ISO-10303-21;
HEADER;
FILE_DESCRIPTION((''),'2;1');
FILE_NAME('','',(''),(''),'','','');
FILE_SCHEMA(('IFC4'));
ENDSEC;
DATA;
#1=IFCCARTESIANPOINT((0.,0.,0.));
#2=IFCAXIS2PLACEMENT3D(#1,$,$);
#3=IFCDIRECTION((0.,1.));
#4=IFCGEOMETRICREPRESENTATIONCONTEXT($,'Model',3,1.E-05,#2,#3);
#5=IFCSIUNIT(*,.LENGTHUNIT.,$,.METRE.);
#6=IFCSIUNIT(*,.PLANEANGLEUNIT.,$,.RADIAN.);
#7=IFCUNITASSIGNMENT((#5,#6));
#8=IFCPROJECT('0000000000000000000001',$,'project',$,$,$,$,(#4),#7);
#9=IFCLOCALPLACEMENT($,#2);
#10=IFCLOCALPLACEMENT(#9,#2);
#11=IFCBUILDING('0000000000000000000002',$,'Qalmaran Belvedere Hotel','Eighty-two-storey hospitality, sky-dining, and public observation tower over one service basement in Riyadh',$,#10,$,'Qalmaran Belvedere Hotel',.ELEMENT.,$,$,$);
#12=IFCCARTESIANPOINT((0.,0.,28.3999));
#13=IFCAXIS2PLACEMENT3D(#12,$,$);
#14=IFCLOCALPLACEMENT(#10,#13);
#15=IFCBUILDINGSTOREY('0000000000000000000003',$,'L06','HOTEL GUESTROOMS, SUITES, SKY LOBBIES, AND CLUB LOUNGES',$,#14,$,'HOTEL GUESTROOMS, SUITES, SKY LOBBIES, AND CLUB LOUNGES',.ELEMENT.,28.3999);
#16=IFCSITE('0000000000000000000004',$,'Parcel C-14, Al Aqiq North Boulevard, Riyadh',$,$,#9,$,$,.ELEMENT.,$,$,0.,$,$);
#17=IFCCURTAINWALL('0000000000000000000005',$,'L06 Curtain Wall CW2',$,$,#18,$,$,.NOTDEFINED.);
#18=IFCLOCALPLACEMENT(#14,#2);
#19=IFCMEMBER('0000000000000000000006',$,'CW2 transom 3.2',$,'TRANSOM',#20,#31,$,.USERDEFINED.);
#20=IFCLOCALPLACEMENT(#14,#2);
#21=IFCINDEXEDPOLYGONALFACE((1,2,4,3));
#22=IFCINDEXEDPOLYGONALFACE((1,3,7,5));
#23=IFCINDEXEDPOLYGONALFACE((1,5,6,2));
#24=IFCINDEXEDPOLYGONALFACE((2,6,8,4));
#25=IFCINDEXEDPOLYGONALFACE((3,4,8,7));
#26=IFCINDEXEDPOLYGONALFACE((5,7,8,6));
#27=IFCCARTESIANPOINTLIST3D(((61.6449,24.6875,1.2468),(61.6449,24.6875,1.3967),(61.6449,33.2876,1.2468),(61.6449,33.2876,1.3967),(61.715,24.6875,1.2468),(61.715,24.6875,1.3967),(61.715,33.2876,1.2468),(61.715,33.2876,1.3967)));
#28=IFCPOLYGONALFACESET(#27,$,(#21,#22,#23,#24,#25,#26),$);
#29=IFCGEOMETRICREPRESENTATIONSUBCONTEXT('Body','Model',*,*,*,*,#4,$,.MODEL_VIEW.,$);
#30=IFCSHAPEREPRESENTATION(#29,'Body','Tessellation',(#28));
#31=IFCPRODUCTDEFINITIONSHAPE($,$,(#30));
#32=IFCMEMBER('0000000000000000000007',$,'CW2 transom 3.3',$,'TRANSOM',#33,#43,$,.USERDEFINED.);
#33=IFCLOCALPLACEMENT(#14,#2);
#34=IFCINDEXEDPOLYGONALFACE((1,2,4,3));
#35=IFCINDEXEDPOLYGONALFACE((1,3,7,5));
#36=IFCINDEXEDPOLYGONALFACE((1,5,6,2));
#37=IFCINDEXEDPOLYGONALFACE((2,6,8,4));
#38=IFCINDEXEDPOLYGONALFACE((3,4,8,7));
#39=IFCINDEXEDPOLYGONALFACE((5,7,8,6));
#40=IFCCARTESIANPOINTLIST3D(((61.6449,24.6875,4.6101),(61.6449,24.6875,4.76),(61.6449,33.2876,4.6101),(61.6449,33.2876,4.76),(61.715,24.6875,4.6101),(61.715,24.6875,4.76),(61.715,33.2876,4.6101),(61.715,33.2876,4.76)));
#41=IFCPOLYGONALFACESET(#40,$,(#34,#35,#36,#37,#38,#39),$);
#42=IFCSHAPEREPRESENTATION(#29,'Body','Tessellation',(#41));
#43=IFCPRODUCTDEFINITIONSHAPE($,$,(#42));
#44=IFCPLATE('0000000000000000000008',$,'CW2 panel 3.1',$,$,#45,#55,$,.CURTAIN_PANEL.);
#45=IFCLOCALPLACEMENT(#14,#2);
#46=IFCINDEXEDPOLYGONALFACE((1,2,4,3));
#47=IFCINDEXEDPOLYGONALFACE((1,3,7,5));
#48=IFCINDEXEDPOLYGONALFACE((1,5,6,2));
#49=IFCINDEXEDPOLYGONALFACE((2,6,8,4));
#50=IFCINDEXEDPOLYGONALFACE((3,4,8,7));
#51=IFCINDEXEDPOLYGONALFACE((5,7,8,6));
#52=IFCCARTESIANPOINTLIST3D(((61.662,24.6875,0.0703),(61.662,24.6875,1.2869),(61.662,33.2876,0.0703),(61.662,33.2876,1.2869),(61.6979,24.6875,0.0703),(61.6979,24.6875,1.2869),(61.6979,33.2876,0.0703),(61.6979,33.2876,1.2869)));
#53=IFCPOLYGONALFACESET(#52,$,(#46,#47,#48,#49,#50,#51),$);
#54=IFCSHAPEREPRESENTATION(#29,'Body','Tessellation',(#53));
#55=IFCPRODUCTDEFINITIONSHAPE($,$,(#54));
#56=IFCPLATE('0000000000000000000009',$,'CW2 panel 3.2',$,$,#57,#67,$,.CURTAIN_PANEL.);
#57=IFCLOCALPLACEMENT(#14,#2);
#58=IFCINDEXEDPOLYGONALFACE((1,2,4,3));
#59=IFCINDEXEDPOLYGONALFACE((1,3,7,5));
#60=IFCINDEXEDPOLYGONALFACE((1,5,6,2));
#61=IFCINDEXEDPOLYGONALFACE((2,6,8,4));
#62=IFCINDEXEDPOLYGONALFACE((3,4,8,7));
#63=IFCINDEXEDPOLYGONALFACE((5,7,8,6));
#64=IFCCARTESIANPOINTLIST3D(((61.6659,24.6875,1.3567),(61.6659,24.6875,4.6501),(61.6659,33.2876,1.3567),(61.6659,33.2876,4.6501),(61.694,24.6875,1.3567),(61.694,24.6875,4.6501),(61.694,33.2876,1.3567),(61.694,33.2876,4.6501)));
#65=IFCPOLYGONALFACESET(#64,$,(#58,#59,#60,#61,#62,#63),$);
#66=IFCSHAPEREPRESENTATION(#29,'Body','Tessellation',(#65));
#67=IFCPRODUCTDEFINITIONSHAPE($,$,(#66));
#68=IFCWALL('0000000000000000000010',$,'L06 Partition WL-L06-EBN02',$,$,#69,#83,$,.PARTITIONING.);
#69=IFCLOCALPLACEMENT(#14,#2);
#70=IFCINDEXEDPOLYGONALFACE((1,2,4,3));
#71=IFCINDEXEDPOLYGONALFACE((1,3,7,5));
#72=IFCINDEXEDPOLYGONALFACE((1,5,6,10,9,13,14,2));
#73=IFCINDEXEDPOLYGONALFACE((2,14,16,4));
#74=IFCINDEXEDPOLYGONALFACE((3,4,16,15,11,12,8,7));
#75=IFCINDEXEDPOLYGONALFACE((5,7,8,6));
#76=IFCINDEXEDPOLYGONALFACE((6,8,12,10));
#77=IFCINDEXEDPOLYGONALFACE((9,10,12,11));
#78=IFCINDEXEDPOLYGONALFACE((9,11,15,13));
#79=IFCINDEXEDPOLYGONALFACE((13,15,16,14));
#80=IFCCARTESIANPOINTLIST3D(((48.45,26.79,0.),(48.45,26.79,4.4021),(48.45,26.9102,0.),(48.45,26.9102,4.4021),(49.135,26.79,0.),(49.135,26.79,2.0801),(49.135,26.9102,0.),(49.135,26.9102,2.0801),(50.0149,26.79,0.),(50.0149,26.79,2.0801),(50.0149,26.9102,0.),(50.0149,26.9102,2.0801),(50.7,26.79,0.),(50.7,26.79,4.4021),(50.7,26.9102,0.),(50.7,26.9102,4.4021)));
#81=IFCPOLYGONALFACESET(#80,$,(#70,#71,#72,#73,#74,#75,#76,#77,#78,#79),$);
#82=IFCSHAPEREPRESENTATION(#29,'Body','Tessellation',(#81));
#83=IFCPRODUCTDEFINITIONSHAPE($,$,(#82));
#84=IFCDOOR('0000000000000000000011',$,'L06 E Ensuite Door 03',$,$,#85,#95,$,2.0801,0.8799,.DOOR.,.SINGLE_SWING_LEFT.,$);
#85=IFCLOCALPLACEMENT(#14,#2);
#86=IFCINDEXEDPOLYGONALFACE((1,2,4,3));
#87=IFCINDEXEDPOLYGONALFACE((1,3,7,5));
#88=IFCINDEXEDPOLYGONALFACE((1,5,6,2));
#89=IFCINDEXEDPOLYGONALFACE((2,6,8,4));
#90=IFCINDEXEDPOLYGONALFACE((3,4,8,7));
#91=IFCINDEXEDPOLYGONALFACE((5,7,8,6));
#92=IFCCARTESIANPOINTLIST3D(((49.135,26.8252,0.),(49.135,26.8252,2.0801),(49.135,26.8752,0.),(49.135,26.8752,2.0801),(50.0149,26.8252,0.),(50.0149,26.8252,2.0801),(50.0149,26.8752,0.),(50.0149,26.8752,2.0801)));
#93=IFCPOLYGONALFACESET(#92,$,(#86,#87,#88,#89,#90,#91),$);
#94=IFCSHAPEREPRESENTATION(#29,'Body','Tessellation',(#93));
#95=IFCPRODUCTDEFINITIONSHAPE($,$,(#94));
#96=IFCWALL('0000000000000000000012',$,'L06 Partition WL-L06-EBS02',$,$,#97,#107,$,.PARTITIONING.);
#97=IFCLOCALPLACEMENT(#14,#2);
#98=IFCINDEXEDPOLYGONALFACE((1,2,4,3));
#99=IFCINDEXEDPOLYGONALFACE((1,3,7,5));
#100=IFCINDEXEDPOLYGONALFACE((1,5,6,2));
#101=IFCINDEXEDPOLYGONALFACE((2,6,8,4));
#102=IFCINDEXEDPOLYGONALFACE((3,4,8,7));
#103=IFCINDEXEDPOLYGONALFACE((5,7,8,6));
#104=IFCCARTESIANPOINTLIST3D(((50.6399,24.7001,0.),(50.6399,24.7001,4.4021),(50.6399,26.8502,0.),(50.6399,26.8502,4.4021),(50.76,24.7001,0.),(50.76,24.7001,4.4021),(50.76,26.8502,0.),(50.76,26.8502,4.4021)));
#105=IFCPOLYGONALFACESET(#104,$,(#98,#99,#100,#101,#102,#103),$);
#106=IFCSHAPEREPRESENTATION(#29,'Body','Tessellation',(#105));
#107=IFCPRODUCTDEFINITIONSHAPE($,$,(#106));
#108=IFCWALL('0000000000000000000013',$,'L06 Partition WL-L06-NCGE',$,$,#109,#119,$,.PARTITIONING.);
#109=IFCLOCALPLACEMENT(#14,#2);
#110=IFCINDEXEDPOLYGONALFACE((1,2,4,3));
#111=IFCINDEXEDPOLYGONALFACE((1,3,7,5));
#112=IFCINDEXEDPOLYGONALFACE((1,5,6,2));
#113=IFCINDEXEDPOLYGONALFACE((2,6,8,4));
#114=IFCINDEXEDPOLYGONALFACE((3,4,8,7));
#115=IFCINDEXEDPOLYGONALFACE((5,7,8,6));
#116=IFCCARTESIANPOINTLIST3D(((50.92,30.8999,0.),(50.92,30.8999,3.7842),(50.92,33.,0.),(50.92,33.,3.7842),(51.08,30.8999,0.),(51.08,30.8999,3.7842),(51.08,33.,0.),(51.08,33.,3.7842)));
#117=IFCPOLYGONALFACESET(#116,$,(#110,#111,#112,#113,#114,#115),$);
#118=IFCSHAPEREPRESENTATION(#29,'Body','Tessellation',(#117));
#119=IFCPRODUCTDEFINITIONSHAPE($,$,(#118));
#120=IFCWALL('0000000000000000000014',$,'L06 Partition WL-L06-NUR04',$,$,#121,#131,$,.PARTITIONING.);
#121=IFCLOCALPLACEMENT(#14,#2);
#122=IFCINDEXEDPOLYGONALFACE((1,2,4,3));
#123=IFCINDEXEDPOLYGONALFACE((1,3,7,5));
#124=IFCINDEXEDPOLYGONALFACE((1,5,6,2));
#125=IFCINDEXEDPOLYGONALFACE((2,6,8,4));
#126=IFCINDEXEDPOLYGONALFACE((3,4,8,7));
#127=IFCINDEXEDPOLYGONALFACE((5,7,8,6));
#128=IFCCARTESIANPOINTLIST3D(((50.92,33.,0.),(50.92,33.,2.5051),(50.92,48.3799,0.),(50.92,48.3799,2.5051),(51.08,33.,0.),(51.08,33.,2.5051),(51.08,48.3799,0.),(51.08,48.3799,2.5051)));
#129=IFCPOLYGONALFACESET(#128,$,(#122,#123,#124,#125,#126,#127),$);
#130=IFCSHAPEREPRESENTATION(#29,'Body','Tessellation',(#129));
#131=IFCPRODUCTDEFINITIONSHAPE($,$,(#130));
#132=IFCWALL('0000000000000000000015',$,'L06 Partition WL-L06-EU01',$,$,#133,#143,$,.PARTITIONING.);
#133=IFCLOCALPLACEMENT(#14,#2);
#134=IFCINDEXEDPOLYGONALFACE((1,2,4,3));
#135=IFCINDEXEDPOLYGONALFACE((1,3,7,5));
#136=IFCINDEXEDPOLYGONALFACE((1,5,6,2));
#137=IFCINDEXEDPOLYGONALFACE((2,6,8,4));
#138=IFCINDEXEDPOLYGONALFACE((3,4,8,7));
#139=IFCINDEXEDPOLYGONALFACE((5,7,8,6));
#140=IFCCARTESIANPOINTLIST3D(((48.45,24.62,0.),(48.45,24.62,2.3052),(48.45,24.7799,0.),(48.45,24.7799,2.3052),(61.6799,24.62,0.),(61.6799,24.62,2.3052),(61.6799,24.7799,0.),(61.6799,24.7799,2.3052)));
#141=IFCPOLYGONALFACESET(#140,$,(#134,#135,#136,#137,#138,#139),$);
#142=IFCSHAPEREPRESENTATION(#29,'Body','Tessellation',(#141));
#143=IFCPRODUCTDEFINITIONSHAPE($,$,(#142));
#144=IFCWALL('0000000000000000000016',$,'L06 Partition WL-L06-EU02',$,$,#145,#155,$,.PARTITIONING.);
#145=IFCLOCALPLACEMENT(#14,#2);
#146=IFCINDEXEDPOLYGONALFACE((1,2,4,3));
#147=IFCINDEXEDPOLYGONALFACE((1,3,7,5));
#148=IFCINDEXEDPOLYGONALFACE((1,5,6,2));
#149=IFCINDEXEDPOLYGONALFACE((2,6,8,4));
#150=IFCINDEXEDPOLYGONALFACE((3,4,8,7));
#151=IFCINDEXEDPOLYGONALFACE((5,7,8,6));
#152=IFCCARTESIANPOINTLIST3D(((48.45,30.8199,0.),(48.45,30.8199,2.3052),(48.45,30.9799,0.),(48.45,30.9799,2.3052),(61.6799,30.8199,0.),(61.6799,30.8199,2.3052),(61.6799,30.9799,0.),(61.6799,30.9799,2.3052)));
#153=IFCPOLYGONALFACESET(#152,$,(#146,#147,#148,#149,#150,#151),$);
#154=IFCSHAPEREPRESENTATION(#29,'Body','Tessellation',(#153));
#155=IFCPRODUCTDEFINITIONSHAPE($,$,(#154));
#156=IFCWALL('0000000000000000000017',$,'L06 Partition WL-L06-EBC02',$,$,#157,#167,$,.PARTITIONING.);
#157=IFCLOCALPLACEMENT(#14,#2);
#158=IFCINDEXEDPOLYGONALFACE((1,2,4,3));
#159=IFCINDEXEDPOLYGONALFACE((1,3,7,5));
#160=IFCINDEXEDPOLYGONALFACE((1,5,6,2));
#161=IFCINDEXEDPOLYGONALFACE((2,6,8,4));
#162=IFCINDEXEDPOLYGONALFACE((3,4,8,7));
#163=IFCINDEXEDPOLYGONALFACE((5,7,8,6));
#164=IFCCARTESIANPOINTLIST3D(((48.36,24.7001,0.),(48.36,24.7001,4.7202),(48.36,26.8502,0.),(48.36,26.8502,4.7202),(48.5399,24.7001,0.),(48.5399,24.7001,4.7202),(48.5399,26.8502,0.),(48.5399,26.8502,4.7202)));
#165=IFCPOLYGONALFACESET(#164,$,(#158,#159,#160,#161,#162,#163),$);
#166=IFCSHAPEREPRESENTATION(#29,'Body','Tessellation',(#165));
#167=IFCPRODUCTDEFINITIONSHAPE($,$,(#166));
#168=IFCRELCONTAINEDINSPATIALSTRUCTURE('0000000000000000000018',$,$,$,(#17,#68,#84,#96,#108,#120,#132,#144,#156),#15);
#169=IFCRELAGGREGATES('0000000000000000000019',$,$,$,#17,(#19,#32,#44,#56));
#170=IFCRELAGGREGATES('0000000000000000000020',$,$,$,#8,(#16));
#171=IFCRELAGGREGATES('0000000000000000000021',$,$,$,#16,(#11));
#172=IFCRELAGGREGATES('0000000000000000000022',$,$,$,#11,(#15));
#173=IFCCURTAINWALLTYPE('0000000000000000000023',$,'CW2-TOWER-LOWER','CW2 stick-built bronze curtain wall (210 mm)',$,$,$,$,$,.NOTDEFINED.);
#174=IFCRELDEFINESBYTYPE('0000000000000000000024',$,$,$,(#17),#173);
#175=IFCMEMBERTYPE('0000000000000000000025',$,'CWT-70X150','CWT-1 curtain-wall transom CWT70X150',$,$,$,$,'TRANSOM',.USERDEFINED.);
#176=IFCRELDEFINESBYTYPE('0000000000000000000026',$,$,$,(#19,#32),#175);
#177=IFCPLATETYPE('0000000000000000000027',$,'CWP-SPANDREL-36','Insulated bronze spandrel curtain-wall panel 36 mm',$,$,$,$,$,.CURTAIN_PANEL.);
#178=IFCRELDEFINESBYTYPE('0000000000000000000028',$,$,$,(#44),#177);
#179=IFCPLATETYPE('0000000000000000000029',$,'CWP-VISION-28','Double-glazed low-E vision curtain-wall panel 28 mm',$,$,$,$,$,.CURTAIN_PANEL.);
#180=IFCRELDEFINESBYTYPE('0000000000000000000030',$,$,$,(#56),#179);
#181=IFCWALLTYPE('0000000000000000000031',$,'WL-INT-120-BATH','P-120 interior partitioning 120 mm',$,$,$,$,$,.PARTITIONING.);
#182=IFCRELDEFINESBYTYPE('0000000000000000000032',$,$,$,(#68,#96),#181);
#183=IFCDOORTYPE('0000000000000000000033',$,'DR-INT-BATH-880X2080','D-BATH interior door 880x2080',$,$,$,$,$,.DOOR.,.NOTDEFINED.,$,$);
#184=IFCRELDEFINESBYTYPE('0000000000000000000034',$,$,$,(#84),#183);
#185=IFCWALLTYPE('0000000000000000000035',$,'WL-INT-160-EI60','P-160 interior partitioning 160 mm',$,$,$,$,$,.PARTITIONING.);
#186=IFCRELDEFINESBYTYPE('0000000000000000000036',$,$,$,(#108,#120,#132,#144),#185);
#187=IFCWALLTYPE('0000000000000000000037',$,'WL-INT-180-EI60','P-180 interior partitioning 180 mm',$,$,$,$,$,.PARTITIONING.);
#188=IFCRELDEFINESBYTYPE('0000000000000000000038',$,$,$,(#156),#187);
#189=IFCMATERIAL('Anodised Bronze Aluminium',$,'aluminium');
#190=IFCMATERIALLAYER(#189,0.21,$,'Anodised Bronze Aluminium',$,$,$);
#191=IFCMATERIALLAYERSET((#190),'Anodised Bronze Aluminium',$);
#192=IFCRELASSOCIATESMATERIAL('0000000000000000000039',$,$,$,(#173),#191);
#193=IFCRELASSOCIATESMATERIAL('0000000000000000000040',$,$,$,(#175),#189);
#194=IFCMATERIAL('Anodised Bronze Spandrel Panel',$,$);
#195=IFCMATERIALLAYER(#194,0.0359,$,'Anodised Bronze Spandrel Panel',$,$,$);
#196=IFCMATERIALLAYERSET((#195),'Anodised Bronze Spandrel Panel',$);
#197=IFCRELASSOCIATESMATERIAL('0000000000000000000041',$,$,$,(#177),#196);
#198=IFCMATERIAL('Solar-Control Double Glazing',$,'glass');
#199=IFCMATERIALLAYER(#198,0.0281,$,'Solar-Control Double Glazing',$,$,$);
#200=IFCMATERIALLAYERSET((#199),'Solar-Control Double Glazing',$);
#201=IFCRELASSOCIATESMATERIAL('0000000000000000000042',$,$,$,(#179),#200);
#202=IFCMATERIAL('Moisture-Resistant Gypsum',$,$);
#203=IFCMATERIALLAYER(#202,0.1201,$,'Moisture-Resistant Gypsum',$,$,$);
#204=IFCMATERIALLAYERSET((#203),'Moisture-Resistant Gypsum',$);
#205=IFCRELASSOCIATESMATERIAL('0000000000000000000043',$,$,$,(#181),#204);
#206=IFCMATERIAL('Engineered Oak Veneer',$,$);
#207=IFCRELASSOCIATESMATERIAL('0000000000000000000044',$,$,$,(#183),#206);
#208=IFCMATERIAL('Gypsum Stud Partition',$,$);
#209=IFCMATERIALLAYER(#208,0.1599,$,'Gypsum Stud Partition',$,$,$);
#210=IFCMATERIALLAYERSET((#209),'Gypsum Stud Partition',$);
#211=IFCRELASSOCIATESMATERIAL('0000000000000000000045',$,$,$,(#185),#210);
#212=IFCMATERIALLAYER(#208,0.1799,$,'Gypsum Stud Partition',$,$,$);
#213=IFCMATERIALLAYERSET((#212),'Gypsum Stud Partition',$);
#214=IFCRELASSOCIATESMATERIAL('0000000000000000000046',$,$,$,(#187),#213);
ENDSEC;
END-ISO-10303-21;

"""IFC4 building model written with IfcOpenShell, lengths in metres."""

from ifc_helpers import new_model, si_unit, direction, frame, frame_2d, origin, origin_2d, place, context, subcontext, project, spatial, rectangle, extrude, material, layer, layer_set, material_profile, profile_set, type_object, element, fill, aggregate, save


model = new_model("IFC4")

# Units and contexts
model_context = context("Model", 3, precision=1e-05, world=origin(), true_north=direction((0.0, 1.0)))
body_context = subcontext(model_context, "Body", "Model", "MODEL_VIEW")
ifc_project = project(units=[si_unit("LENGTHUNIT", "METRE"), si_unit("PLANEANGLEUNIT", "RADIAN")], contexts=[model_context])

# Site, building, storey
site_placement = place(None, origin())
site = spatial("IfcSite", under=ifc_project, at=site_placement, Name="Parcel C-14, Al Aqiq North Boulevard, Riyadh", CompositionType="ELEMENT", RefElevation=0.0)
building_placement = place(site_placement, origin())
building = spatial("IfcBuilding", under=site, at=building_placement, Name="Qalmaran Belvedere Hotel", Description="Eighty-two-storey hospitality, sky-dining, and public observation tower over one service basement in Riyadh", LongName="Qalmaran Belvedere Hotel", CompositionType="ELEMENT")
storey_placement = place(building_placement, frame((0.0, 0.0, 28.3999)))
storey = spatial("IfcBuildingStorey", under=building, at=storey_placement, Name="L06", Description="HOTEL GUESTROOMS, SUITES, SKY LOBBIES, AND CLUB LOUNGES", LongName="HOTEL GUESTROOMS, SUITES, SKY LOBBIES, AND CLUB LOUNGES", CompositionType="ELEMENT", Elevation=28.3999)

# Curtain wall, members, plates
ifc_material_1 = material(Name="Anodised Bronze Aluminium", Category="aluminium")
ifc_layer_1 = layer(ifc_material_1, 0.21, Name="Anodised Bronze Aluminium")
ifc_layer_set_1 = layer_set([ifc_layer_1], Name="Anodised Bronze Aluminium")
curtain_wall_type = type_object("IfcCurtainWallType", Name="CW2-TOWER-LOWER", Description="CW2 stick-built bronze curtain wall (210 mm)", PredefinedType="NOTDEFINED", material=ifc_layer_set_1)
curtain_wall_placement = place(storey_placement, origin())
curtain_wall = element("IfcCurtainWall", 1, at=curtain_wall_placement, inside=storey, type_object=curtain_wall_type, Name="L06 Curtain Wall CW2", PredefinedType="NOTDEFINED")
ifc_material_profile_1 = material_profile(ifc_material_1, rectangle(XDim=0.0701, YDim=0.1499, at=origin_2d()), Name="CWT70X150")
ifc_profile_set_1 = profile_set([ifc_material_profile_1], Name="Anodised Bronze Aluminium")
member_type_1 = type_object("IfcMemberType", Name="CWT-70X150", Description="CWT-1 curtain-wall transom CWT70X150", ElementType="TRANSOM", PredefinedType="USERDEFINED", material=ifc_profile_set_1)
member_1_placement = place(storey_placement, frame((61.6799, 24.6875, 1.3218), z_axis=(0.0, 1.0, 0.0), x_axis=(-1.0, 0.0, 0.0)))
member_1 = element("IfcMember", 2, at=member_1_placement, type_object=member_type_1, Name="CW2 transom 3.2", ObjectType="TRANSOM", PredefinedType="USERDEFINED", context=body_context, shape_type="SweptSolid", body=[
    extrude(rectangle(XDim=0.0701, YDim=0.1499, at=origin_2d()), origin(), (0.0, 0.0, 1.0), 8.6001),
])
member_2_placement = place(storey_placement, frame((61.6799, 24.6875, 4.6851), z_axis=(0.0, 1.0, 0.0), x_axis=(-1.0, 0.0, 0.0)))
member_2 = element("IfcMember", 3, at=member_2_placement, type_object=member_type_1, Name="CW2 transom 3.3", ObjectType="TRANSOM", PredefinedType="USERDEFINED", context=body_context, shape_type="SweptSolid", body=[
    extrude(rectangle(XDim=0.0701, YDim=0.1499, at=origin_2d()), origin(), (0.0, 0.0, 1.0), 8.6001),
])
ifc_material_2 = material(Name="Anodised Bronze Spandrel Panel")
ifc_layer_2 = layer(ifc_material_2, 0.0359, Name="Anodised Bronze Spandrel Panel")
ifc_layer_set_2 = layer_set([ifc_layer_2], Name="Anodised Bronze Spandrel Panel")
plate_type_1 = type_object("IfcPlateType", Name="CWP-SPANDREL-36", Description="Insulated bronze spandrel curtain-wall panel 36 mm", PredefinedType="CURTAIN_PANEL", material=ifc_layer_set_2)
plate_1_placement = place(storey_placement, frame((61.6799, 28.9875, 0.0703), z_axis=(0.0, 0.0, 1.0), x_axis=(0.0, 1.0, 0.0)))
plate_1 = element("IfcPlate", 4, at=plate_1_placement, type_object=plate_type_1, Name="CW2 panel 3.1", PredefinedType="CURTAIN_PANEL", context=body_context, shape_type="SweptSolid", body=[
    extrude(rectangle(XDim=8.6001, YDim=0.0359, at=origin_2d()), origin(), (0.0, 0.0, 1.0), 1.2166),
])
ifc_material_3 = material(Name="Solar-Control Double Glazing", Category="glass")
ifc_layer_3 = layer(ifc_material_3, 0.0281, Name="Solar-Control Double Glazing")
ifc_layer_set_3 = layer_set([ifc_layer_3], Name="Solar-Control Double Glazing")
plate_type_2 = type_object("IfcPlateType", Name="CWP-VISION-28", Description="Double-glazed low-E vision curtain-wall panel 28 mm", PredefinedType="CURTAIN_PANEL", material=ifc_layer_set_3)
plate_2_placement = place(storey_placement, frame((61.6799, 28.9875, 1.3567), z_axis=(0.0, 0.0, 1.0), x_axis=(0.0, 1.0, 0.0)))
plate_2 = element("IfcPlate", 5, at=plate_2_placement, type_object=plate_type_2, Name="CW2 panel 3.2", PredefinedType="CURTAIN_PANEL", context=body_context, shape_type="SweptSolid", body=[
    extrude(rectangle(XDim=8.6001, YDim=0.0281, at=origin_2d()), origin(), (0.0, 0.0, 1.0), 3.2935),
])
aggregate(curtain_wall, [member_1, member_2, plate_1, plate_2])

# Wall, opening, door
ifc_material_4 = material(Name="Moisture-Resistant Gypsum")
ifc_layer_4 = layer(ifc_material_4, 0.1201, Name="Moisture-Resistant Gypsum")
ifc_layer_set_4 = layer_set([ifc_layer_4], Name="Moisture-Resistant Gypsum")
wall_type_1 = type_object("IfcWallType", Name="WL-INT-120-BATH", Description="P-120 interior partitioning 120 mm", PredefinedType="PARTITIONING", material=ifc_layer_set_4)
wall_1_placement = place(storey_placement, frame((48.45, 26.8501, 0.0), z_axis=(0.0, 0.0, 1.0), x_axis=(1.0, 0.0, 0.0)))
wall_1 = element("IfcWall", 6, at=wall_1_placement, inside=storey, type_object=wall_type_1, Name="L06 Partition WL-L06-EBN02", PredefinedType="PARTITIONING", context=body_context, shape_type="SweptSolid", body=[
    extrude(rectangle(XDim=2.25, YDim=0.1201, at=frame_2d((1.125, 0.0))), origin(), (0.0, 0.0, 1.0), 4.4021),
])
opening_1_placement = place(wall_1_placement, frame((1.5649, 0.0, 0.0), z_axis=(0.0, 0.0, 1.0), x_axis=(-1.0, 0.0, 0.0)))
opening_1 = element("IfcOpeningElement", 7, at=opening_1_placement, cuts=wall_1, PredefinedType="OPENING", context=body_context, shape_type="SweptSolid", body=[
    extrude(rectangle(XDim=0.8799, YDim=2.0801, at=frame_2d((0.4399, 1.04))), frame((0.0, 0.0701, 0.0), z_axis=(0.0, -1.0, 0.0), x_axis=(1.0, 0.0, 0.0)), (0.0, 0.0, 1.0), 0.1401),
])
ifc_material_5 = material(Name="Engineered Oak Veneer")
door_type_1 = type_object("IfcDoorType", Name="DR-INT-BATH-880X2080", Description="D-BATH interior door 880x2080", OperationType="NOTDEFINED", PredefinedType="DOOR", material=ifc_material_5)
door_1_placement = place(opening_1_placement, origin())
door_1 = element("IfcDoor", 8, at=door_1_placement, inside=storey, type_object=door_type_1, Name="L06 E Ensuite Door 03", OperationType="SINGLE_SWING_LEFT", OverallHeight=2.0801, OverallWidth=0.8799, PredefinedType="DOOR", context=body_context, shape_type="SweptSolid", body=[
    extrude(rectangle(XDim=0.8799, YDim=2.0801, at=frame_2d((0.4399, 1.04))), frame((0.0, 0.0249, 0.0), z_axis=(0.0, -1.0, 0.0), x_axis=(1.0, 0.0, 0.0)), (0.0, 0.0, 1.0), 0.05),
])
fill(opening_1, door_1)

# Walls
wall_2_placement = place(storey_placement, frame((50.7, 24.7, 0.0), z_axis=(0.0, 0.0, 1.0), x_axis=(0.0, 1.0, 0.0)))
element("IfcWall", 9, at=wall_2_placement, inside=storey, type_object=wall_type_1, Name="L06 Partition WL-L06-EBS02", PredefinedType="PARTITIONING", context=body_context, shape_type="SweptSolid", body=[
    extrude(rectangle(XDim=2.1501, YDim=0.1201, at=frame_2d((1.0752, 0.0))), origin(), (0.0, 0.0, 1.0), 4.4021),
])
ifc_material_6 = material(Name="Gypsum Stud Partition")
ifc_layer_5 = layer(ifc_material_6, 0.1599, Name="Gypsum Stud Partition")
ifc_layer_set_5 = layer_set([ifc_layer_5], Name="Gypsum Stud Partition")
wall_type_2 = type_object("IfcWallType", Name="WL-INT-160-EI60", Description="P-160 interior partitioning 160 mm", PredefinedType="PARTITIONING", material=ifc_layer_set_5)
wall_3_placement = place(storey_placement, frame((51.0, 30.8999, 0.0), z_axis=(0.0, 0.0, 1.0), x_axis=(0.0, 1.0, 0.0)))
element("IfcWall", 10, at=wall_3_placement, inside=storey, type_object=wall_type_2, Name="L06 Partition WL-L06-NCGE", PredefinedType="PARTITIONING", context=body_context, shape_type="SweptSolid", body=[
    extrude(rectangle(XDim=2.1001, YDim=0.1599, at=frame_2d((1.05, 0.0))), origin(), (0.0, 0.0, 1.0), 3.7842),
])
wall_4_placement = place(storey_placement, frame((51.0, 33.0, 0.0), z_axis=(0.0, 0.0, 1.0), x_axis=(0.0, 1.0, 0.0)))
element("IfcWall", 11, at=wall_4_placement, inside=storey, type_object=wall_type_2, Name="L06 Partition WL-L06-NUR04", PredefinedType="PARTITIONING", context=body_context, shape_type="SweptSolid", body=[
    extrude(rectangle(XDim=15.3799, YDim=0.1599, at=frame_2d((7.6899, 0.0))), origin(), (0.0, 0.0, 1.0), 2.5051),
])
for number, where, z_axis, x_axis, name in (
    (12, (48.45, 24.7, 0.0), (0.0, 0.0, 1.0), (1.0, 0.0, 0.0), "L06 Partition WL-L06-EU01"),
    (13, (48.45, 30.8999, 0.0), (0.0, 0.0, 1.0), (1.0, 0.0, 0.0), "L06 Partition WL-L06-EU02"),
):
    element("IfcWall", number, at=place(storey_placement, frame(where, z_axis=z_axis, x_axis=x_axis)), inside=storey, type_object=wall_type_2, Name=name, PredefinedType="PARTITIONING", context=body_context, shape_type="SweptSolid", body=[
        extrude(rectangle(XDim=13.23, YDim=0.1599, at=frame_2d((6.615, 0.0))), origin(), (0.0, 0.0, 1.0), 2.3052),
    ])

# Shared definitions
ifc_layer_6 = layer(ifc_material_6, 0.1799, Name="Gypsum Stud Partition")
ifc_layer_set_6 = layer_set([ifc_layer_6], Name="Gypsum Stud Partition")
wall_type_3 = type_object("IfcWallType", Name="WL-INT-180-EI60", Description="P-180 interior partitioning 180 mm", PredefinedType="PARTITIONING", material=ifc_layer_set_6)

# Wall
wall_5_placement = place(storey_placement, frame((48.45, 24.7, 0.0), z_axis=(0.0, 0.0, 1.0), x_axis=(0.0, 1.0, 0.0)))
element("IfcWall", 14, at=wall_5_placement, inside=storey, type_object=wall_type_3, Name="L06 Partition WL-L06-EBC02", PredefinedType="PARTITIONING", context=body_context, shape_type="SweptSolid", body=[
    extrude(rectangle(XDim=2.1501, YDim=0.1799, at=frame_2d((1.0752, 0.0))), origin(), (0.0, 0.0, 1.0), 4.7202),
])

save(model, "model.ifc")
